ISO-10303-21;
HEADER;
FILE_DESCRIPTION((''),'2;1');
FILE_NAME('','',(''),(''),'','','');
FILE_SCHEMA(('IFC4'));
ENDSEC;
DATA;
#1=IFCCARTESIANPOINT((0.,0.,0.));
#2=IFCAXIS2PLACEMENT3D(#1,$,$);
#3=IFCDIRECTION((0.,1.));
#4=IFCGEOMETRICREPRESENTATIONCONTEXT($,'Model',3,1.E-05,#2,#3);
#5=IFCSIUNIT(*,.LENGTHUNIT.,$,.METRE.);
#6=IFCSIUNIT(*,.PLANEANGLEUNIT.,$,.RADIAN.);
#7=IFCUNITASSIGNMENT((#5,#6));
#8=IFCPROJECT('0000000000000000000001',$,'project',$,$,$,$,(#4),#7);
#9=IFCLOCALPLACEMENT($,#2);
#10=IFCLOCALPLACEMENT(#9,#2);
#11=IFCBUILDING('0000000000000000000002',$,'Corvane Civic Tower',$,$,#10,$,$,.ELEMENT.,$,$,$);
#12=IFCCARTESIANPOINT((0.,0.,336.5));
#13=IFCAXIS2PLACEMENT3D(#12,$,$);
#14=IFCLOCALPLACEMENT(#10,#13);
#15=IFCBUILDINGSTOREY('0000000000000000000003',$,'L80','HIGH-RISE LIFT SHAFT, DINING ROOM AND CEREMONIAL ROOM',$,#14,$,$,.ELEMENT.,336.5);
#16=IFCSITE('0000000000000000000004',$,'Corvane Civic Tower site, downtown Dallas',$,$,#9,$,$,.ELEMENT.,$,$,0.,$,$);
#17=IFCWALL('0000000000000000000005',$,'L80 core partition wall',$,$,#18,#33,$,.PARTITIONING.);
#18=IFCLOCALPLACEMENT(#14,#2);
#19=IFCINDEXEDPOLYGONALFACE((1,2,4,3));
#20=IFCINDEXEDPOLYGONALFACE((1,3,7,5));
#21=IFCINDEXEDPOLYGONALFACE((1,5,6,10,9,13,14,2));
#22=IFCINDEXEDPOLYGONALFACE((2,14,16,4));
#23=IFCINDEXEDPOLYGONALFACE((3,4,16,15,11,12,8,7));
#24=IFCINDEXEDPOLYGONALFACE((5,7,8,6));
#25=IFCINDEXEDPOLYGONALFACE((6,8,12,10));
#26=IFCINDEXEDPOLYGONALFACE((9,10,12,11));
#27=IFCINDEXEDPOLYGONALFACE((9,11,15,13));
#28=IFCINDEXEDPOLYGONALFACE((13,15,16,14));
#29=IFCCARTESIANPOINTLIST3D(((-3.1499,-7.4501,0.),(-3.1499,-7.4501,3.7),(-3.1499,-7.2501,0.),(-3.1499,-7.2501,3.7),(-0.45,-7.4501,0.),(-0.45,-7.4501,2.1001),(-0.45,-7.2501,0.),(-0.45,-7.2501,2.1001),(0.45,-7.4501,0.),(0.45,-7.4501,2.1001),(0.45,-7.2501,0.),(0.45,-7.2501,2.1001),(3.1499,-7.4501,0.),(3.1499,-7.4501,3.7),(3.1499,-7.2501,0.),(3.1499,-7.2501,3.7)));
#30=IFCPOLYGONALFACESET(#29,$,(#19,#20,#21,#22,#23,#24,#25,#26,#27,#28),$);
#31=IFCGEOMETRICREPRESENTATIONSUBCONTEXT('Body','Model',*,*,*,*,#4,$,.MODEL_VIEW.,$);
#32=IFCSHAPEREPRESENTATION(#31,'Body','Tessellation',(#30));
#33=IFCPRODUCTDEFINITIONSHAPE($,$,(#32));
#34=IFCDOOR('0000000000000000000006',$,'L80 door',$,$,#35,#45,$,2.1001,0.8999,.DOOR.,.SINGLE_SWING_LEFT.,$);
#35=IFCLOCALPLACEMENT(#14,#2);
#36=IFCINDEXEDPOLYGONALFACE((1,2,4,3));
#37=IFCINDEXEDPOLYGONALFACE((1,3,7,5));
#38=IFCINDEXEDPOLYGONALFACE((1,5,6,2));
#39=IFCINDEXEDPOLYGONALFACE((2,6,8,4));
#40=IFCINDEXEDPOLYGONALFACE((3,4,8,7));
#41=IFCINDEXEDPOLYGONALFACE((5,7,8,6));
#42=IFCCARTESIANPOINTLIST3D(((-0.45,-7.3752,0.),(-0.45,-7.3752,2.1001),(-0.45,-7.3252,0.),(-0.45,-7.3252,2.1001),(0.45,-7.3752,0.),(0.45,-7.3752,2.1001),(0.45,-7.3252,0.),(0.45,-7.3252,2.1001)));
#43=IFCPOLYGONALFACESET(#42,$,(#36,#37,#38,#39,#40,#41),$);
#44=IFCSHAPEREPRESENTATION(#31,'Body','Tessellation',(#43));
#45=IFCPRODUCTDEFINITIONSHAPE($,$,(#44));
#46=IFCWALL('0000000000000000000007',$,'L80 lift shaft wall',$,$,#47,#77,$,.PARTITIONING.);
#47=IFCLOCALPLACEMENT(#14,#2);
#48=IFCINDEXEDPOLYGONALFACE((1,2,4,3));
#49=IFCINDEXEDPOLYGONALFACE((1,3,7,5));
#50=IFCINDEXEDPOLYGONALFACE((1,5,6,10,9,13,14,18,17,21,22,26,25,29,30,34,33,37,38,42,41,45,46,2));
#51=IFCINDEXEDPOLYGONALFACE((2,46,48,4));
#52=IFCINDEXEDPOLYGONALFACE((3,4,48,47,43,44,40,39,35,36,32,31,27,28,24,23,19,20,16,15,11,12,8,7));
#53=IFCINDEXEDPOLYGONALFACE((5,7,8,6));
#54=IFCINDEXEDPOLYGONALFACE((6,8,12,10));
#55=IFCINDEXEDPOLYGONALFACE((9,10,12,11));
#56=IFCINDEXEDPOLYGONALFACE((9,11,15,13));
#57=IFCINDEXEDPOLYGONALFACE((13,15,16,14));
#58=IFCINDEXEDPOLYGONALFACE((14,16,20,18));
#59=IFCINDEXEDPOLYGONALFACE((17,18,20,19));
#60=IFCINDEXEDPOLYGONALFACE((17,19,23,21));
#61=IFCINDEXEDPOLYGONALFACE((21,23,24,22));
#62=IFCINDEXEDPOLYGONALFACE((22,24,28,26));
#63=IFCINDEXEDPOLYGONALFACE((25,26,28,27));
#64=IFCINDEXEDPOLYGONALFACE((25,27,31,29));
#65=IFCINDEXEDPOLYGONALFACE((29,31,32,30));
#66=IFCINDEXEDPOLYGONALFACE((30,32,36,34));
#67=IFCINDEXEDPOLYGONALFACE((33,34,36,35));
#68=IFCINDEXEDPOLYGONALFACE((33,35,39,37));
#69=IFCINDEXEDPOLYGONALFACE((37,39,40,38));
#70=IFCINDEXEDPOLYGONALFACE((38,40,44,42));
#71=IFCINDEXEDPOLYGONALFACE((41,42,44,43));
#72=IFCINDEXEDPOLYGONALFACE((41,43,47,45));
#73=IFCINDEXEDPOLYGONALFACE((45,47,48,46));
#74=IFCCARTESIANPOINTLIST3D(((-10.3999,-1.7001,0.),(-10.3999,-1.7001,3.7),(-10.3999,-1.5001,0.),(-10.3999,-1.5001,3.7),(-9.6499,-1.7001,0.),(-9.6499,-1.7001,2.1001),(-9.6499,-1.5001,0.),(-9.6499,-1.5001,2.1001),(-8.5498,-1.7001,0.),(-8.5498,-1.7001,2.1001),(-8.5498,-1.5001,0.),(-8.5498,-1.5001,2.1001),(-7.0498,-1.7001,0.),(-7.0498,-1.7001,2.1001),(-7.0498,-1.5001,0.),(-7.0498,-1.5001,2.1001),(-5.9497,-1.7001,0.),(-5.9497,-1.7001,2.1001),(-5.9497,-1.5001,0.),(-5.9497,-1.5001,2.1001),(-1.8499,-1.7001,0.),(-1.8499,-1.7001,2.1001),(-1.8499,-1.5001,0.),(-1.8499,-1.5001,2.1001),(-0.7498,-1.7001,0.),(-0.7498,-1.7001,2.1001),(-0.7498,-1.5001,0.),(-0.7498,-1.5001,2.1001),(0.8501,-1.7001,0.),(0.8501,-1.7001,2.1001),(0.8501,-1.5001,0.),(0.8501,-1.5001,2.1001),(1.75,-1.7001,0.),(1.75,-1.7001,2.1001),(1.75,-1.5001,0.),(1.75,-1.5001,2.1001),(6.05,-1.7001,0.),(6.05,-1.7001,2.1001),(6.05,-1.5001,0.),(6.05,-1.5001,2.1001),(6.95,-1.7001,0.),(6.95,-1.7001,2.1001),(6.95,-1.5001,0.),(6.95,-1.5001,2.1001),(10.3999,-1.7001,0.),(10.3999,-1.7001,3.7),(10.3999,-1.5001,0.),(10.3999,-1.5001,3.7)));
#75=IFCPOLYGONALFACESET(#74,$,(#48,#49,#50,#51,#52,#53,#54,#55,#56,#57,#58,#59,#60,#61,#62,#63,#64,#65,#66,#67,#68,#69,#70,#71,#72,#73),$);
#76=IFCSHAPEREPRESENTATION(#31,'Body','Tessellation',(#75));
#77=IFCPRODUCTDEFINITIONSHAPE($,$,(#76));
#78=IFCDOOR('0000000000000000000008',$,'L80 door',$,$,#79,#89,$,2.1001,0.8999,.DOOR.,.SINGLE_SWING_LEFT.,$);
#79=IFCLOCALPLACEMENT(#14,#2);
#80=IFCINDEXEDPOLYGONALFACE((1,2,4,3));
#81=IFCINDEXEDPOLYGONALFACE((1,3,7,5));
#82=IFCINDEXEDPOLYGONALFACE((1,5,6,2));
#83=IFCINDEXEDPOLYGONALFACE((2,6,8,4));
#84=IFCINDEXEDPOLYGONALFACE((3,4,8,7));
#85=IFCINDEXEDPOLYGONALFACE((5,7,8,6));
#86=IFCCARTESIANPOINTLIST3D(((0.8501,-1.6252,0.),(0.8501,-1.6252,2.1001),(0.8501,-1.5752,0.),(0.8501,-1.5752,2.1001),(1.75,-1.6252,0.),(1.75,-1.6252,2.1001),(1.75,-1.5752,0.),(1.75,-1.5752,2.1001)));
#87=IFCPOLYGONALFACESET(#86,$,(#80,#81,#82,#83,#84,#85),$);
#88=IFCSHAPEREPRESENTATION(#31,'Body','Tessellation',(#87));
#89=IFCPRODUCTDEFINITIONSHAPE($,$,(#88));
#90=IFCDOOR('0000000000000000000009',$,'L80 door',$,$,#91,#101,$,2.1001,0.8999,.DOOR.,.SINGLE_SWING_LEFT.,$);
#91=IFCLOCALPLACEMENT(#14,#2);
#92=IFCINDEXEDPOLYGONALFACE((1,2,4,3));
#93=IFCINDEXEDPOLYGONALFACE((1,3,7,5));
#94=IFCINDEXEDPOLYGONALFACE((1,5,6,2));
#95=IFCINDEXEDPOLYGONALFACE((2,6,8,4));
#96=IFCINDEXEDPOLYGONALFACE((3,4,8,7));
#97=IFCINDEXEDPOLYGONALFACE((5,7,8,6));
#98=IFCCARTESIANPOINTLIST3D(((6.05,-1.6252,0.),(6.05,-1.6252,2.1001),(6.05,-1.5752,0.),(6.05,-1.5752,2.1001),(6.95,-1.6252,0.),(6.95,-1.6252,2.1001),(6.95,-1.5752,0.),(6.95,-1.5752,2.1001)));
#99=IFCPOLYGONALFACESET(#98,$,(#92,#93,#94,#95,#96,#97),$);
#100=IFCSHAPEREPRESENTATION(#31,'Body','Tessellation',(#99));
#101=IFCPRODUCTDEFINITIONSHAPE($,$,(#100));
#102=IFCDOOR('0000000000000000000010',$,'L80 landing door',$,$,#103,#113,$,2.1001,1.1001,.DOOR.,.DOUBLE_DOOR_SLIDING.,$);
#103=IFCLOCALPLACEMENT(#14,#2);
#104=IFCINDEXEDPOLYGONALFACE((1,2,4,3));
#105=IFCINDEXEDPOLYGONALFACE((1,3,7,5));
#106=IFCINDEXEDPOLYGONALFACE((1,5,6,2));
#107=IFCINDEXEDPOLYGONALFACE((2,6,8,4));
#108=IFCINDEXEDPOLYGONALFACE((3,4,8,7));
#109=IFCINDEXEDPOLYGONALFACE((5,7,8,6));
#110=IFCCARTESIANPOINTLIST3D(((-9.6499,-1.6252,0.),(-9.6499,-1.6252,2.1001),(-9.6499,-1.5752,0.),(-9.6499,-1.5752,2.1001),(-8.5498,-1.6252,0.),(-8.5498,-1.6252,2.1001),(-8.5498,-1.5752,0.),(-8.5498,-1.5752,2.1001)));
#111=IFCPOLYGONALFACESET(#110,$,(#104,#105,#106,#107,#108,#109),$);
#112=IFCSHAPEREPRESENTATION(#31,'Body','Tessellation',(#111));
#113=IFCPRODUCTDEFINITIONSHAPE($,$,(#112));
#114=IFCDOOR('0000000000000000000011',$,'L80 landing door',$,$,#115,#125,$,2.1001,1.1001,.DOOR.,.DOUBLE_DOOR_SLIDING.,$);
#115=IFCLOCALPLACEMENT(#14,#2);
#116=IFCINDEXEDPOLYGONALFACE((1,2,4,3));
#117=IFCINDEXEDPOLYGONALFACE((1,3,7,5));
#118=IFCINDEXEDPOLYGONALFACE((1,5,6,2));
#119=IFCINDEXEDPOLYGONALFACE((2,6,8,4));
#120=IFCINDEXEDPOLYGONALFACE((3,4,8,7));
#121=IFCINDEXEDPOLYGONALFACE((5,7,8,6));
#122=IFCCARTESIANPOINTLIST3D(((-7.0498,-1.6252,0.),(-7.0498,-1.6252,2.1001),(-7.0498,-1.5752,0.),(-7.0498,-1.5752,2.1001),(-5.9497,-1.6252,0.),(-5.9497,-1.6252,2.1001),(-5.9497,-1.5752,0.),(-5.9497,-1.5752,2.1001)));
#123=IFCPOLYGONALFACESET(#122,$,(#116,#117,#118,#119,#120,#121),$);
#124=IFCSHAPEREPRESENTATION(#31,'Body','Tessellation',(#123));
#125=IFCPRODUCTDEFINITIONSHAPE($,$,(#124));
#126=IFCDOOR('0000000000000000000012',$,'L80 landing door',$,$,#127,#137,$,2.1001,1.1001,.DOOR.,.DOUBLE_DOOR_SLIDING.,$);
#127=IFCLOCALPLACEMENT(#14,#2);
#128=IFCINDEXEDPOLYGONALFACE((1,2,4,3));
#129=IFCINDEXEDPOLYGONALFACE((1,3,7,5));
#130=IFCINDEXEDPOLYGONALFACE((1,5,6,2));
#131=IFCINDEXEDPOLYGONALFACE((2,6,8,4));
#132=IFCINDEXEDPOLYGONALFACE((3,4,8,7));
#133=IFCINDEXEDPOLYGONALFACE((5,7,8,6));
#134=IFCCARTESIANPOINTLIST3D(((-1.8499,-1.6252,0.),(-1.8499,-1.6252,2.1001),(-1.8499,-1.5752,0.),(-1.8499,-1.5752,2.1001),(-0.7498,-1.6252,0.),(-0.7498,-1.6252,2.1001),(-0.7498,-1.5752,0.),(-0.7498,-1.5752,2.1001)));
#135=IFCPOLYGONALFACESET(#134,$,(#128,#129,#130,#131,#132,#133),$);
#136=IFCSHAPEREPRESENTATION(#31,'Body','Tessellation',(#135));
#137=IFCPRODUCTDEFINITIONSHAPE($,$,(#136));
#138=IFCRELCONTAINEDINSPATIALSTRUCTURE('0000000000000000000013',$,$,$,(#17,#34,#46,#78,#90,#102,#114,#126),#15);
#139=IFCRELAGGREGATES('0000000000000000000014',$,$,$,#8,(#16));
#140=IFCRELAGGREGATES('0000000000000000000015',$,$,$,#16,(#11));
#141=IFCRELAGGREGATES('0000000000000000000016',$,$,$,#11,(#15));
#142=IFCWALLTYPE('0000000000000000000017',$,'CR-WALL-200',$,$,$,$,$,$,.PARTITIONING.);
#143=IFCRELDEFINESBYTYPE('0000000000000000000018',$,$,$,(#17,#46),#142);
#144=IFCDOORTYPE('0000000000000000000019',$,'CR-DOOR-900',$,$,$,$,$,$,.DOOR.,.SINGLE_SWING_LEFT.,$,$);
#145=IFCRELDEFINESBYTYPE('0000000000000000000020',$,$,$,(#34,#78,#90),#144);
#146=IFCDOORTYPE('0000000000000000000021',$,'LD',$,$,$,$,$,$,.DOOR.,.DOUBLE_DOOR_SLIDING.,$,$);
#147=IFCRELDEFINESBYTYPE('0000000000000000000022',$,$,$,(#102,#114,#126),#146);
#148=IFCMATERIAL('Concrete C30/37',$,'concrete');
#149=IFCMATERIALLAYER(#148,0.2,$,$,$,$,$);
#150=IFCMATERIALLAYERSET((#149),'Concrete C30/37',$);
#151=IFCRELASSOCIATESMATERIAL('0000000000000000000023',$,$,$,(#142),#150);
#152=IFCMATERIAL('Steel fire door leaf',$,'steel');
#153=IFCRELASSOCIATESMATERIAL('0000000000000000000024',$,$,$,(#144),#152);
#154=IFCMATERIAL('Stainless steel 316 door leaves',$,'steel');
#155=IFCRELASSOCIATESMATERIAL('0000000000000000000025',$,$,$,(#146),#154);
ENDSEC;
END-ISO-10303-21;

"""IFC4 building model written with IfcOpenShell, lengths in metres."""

from ifc_helpers import new_model, si_unit, direction, frame, frame_2d, origin, place, context, subcontext, project, spatial, rectangle, extrude, material, layer, layer_set, type_object, element, fill, save


model = new_model("IFC4")

# Units and contexts
model_context = context("Model", 3, precision=1e-05, world=origin(), true_north=direction((0.0, 1.0)))
body_context = subcontext(model_context, "Body", "Model", "MODEL_VIEW")
ifc_project = project(units=[si_unit("LENGTHUNIT", "METRE"), si_unit("PLANEANGLEUNIT", "RADIAN")], contexts=[model_context])

# Site, building, storey
site_placement = place(None, origin())
site = spatial("IfcSite", under=ifc_project, at=site_placement, Name="Corvane Civic Tower site, downtown Dallas", CompositionType="ELEMENT", RefElevation=0.0)
building_placement = place(site_placement, origin())
building = spatial("IfcBuilding", under=site, at=building_placement, Name="Corvane Civic Tower", CompositionType="ELEMENT")
storey_placement = place(building_placement, frame((0.0, 0.0, 336.5)))
storey = spatial("IfcBuildingStorey", under=building, at=storey_placement, Name="L80", Description="HIGH-RISE LIFT SHAFT, DINING ROOM AND CEREMONIAL ROOM", CompositionType="ELEMENT", Elevation=336.5)

# Wall, opening, door
ifc_material_1 = material(Name="Concrete C30/37", Category="concrete")
ifc_layer_1 = layer(ifc_material_1, 0.2)
ifc_layer_set_1 = layer_set([ifc_layer_1], Name="Concrete C30/37")
wall_type_1 = type_object("IfcWallType", Name="CR-WALL-200", PredefinedType="PARTITIONING", material=ifc_layer_set_1)
wall_1_placement = place(storey_placement, frame((-3.1499, -7.3501, 0.0), z_axis=(0.0, 0.0, 1.0), x_axis=(1.0, 0.0, 0.0)))
wall_1 = element("IfcWall", 1, at=wall_1_placement, inside=storey, type_object=wall_type_1, Name="L80 core partition wall", PredefinedType="PARTITIONING", context=body_context, shape_type="SweptSolid", body=[
    extrude(rectangle(XDim=6.2998, YDim=0.2, at=frame_2d((3.1499, 0.0))), origin(), (0.0, 0.0, 1.0), 3.7),
])
opening_1_placement = place(wall_1_placement, frame((2.7, 0.0, 0.0)))
opening_1 = element("IfcOpeningElement", 2, at=opening_1_placement, cuts=wall_1, PredefinedType="OPENING", context=body_context, shape_type="SweptSolid", body=[
    extrude(rectangle(XDim=0.8999, YDim=2.1001, at=frame_2d((0.45, 1.05))), frame((0.0, 0.1099, 0.0), z_axis=(0.0, -1.0, 0.0), x_axis=(1.0, 0.0, 0.0)), (0.0, 0.0, 1.0), 0.22),
])
ifc_material_2 = material(Name="Steel fire door leaf", Category="steel")
door_type_1 = type_object("IfcDoorType", Name="CR-DOOR-900", OperationType="SINGLE_SWING_LEFT", PredefinedType="DOOR", material=ifc_material_2)
door_1_placement = place(opening_1_placement, origin())
door_1 = element("IfcDoor", 3, at=door_1_placement, inside=storey, type_object=door_type_1, Name="L80 door", OperationType="SINGLE_SWING_LEFT", OverallHeight=2.1001, OverallWidth=0.8999, PredefinedType="DOOR", context=body_context, shape_type="SweptSolid", body=[
    extrude(rectangle(XDim=0.8999, YDim=2.1001, at=frame_2d((0.45, 1.05))), frame((0.0, 0.0249, 0.0), z_axis=(0.0, -1.0, 0.0), x_axis=(1.0, 0.0, 0.0)), (0.0, 0.0, 1.0), 0.05),
])
fill(opening_1, door_1)

# Wall, openings, doors
wall_2_placement = place(storey_placement, frame((-10.3999, -1.6001, 0.0), z_axis=(0.0, 0.0, 1.0), x_axis=(1.0, 0.0, 0.0)))
wall_2 = element("IfcWall", 4, at=wall_2_placement, inside=storey, type_object=wall_type_1, Name="L80 lift shaft wall", PredefinedType="PARTITIONING", context=body_context, shape_type="SweptSolid", body=[
    extrude(rectangle(XDim=20.7998, YDim=0.2, at=frame_2d((10.3999, 0.0))), origin(), (0.0, 0.0, 1.0), 3.7),
])
opening_2_placement = place(wall_2_placement, frame((0.75, 0.0, 0.0)))
opening_2 = element("IfcOpeningElement", 5, at=opening_2_placement, cuts=wall_2, PredefinedType="OPENING", context=body_context, shape_type="SweptSolid", body=[
    extrude(rectangle(XDim=1.1001, YDim=2.1001, at=frame_2d((0.55, 1.05))), frame((0.0, 0.1099, 0.0), z_axis=(0.0, -1.0, 0.0), x_axis=(1.0, 0.0, 0.0)), (0.0, 0.0, 1.0), 0.22),
])
opening_3_placement = place(wall_2_placement, frame((3.3501, 0.0, 0.0)))
opening_3 = element("IfcOpeningElement", 6, at=opening_3_placement, cuts=wall_2, PredefinedType="OPENING", context=body_context, shape_type="SweptSolid", body=[
    extrude(rectangle(XDim=1.1001, YDim=2.1001, at=frame_2d((0.55, 1.05))), frame((0.0, 0.1099, 0.0), z_axis=(0.0, -1.0, 0.0), x_axis=(1.0, 0.0, 0.0)), (0.0, 0.0, 1.0), 0.22),
])
opening_4_placement = place(wall_2_placement, frame((8.55, 0.0, 0.0)))
opening_4 = element("IfcOpeningElement", 7, at=opening_4_placement, cuts=wall_2, PredefinedType="OPENING", context=body_context, shape_type="SweptSolid", body=[
    extrude(rectangle(XDim=1.1001, YDim=2.1001, at=frame_2d((0.55, 1.05))), frame((0.0, 0.1099, 0.0), z_axis=(0.0, -1.0, 0.0), x_axis=(1.0, 0.0, 0.0)), (0.0, 0.0, 1.0), 0.22),
])
opening_5_placement = place(wall_2_placement, frame((11.25, 0.0, 0.0)))
opening_5 = element("IfcOpeningElement", 8, at=opening_5_placement, cuts=wall_2, PredefinedType="OPENING", context=body_context, shape_type="SweptSolid", body=[
    extrude(rectangle(XDim=0.8999, YDim=2.1001, at=frame_2d((0.45, 1.05))), frame((0.0, 0.1099, 0.0), z_axis=(0.0, -1.0, 0.0), x_axis=(1.0, 0.0, 0.0)), (0.0, 0.0, 1.0), 0.22),
])
opening_6_placement = place(wall_2_placement, frame((16.45, 0.0, 0.0)))
opening_6 = element("IfcOpeningElement", 9, at=opening_6_placement, cuts=wall_2, PredefinedType="OPENING", context=body_context, shape_type="SweptSolid", body=[
    extrude(rectangle(XDim=0.8999, YDim=2.1001, at=frame_2d((0.45, 1.05))), frame((0.0, 0.1099, 0.0), z_axis=(0.0, -1.0, 0.0), x_axis=(1.0, 0.0, 0.0)), (0.0, 0.0, 1.0), 0.22),
])
door_2_placement = place(opening_5_placement, origin())
door_2 = element("IfcDoor", 10, at=door_2_placement, inside=storey, type_object=door_type_1, Name="L80 door", OperationType="SINGLE_SWING_LEFT", OverallHeight=2.1001, OverallWidth=0.8999, PredefinedType="DOOR", context=body_context, shape_type="SweptSolid", body=[
    extrude(rectangle(XDim=0.8999, YDim=2.1001, at=frame_2d((0.45, 1.05))), frame((0.0, 0.0249, 0.0), z_axis=(0.0, -1.0, 0.0), x_axis=(1.0, 0.0, 0.0)), (0.0, 0.0, 1.0), 0.05),
])
fill(opening_5, door_2)
door_3_placement = place(opening_6_placement, origin())
door_3 = element("IfcDoor", 11, at=door_3_placement, inside=storey, type_object=door_type_1, Name="L80 door", OperationType="SINGLE_SWING_LEFT", OverallHeight=2.1001, OverallWidth=0.8999, PredefinedType="DOOR", context=body_context, shape_type="SweptSolid", body=[
    extrude(rectangle(XDim=0.8999, YDim=2.1001, at=frame_2d((0.45, 1.05))), frame((0.0, 0.0249, 0.0), z_axis=(0.0, -1.0, 0.0), x_axis=(1.0, 0.0, 0.0)), (0.0, 0.0, 1.0), 0.05),
])
fill(opening_6, door_3)
ifc_material_3 = material(Name="Stainless steel 316 door leaves", Category="steel")
door_type_2 = type_object("IfcDoorType", Name="LD", OperationType="DOUBLE_DOOR_SLIDING", PredefinedType="DOOR", material=ifc_material_3)
door_4_placement = place(opening_2_placement, origin())
door_4 = element("IfcDoor", 12, at=door_4_placement, inside=storey, type_object=door_type_2, Name="L80 landing door", OperationType="DOUBLE_DOOR_SLIDING", OverallHeight=2.1001, OverallWidth=1.1001, PredefinedType="DOOR", context=body_context, shape_type="SweptSolid", body=[
    extrude(rectangle(XDim=1.1001, YDim=2.1001, at=frame_2d((0.55, 1.05))), frame((0.0, 0.0249, 0.0), z_axis=(0.0, -1.0, 0.0), x_axis=(1.0, 0.0, 0.0)), (0.0, 0.0, 1.0), 0.05),
])
fill(opening_2, door_4)
door_5_placement = place(opening_3_placement, origin())
door_5 = element("IfcDoor", 13, at=door_5_placement, inside=storey, type_object=door_type_2, Name="L80 landing door", OperationType="DOUBLE_DOOR_SLIDING", OverallHeight=2.1001, OverallWidth=1.1001, PredefinedType="DOOR", context=body_context, shape_type="SweptSolid", body=[
    extrude(rectangle(XDim=1.1001, YDim=2.1001, at=frame_2d((0.55, 1.05))), frame((0.0, 0.0249, 0.0), z_axis=(0.0, -1.0, 0.0), x_axis=(1.0, 0.0, 0.0)), (0.0, 0.0, 1.0), 0.05),
])
fill(opening_3, door_5)
door_6_placement = place(opening_4_placement, origin())
door_6 = element("IfcDoor", 14, at=door_6_placement, inside=storey, type_object=door_type_2, Name="L80 landing door", OperationType="DOUBLE_DOOR_SLIDING", OverallHeight=2.1001, OverallWidth=1.1001, PredefinedType="DOOR", context=body_context, shape_type="SweptSolid", body=[
    extrude(rectangle(XDim=1.1001, YDim=2.1001, at=frame_2d((0.55, 1.05))), frame((0.0, 0.0249, 0.0), z_axis=(0.0, -1.0, 0.0), x_axis=(1.0, 0.0, 0.0)), (0.0, 0.0, 1.0), 0.05),
])
fill(opening_4, door_6)

save(model, "model.ifc")
